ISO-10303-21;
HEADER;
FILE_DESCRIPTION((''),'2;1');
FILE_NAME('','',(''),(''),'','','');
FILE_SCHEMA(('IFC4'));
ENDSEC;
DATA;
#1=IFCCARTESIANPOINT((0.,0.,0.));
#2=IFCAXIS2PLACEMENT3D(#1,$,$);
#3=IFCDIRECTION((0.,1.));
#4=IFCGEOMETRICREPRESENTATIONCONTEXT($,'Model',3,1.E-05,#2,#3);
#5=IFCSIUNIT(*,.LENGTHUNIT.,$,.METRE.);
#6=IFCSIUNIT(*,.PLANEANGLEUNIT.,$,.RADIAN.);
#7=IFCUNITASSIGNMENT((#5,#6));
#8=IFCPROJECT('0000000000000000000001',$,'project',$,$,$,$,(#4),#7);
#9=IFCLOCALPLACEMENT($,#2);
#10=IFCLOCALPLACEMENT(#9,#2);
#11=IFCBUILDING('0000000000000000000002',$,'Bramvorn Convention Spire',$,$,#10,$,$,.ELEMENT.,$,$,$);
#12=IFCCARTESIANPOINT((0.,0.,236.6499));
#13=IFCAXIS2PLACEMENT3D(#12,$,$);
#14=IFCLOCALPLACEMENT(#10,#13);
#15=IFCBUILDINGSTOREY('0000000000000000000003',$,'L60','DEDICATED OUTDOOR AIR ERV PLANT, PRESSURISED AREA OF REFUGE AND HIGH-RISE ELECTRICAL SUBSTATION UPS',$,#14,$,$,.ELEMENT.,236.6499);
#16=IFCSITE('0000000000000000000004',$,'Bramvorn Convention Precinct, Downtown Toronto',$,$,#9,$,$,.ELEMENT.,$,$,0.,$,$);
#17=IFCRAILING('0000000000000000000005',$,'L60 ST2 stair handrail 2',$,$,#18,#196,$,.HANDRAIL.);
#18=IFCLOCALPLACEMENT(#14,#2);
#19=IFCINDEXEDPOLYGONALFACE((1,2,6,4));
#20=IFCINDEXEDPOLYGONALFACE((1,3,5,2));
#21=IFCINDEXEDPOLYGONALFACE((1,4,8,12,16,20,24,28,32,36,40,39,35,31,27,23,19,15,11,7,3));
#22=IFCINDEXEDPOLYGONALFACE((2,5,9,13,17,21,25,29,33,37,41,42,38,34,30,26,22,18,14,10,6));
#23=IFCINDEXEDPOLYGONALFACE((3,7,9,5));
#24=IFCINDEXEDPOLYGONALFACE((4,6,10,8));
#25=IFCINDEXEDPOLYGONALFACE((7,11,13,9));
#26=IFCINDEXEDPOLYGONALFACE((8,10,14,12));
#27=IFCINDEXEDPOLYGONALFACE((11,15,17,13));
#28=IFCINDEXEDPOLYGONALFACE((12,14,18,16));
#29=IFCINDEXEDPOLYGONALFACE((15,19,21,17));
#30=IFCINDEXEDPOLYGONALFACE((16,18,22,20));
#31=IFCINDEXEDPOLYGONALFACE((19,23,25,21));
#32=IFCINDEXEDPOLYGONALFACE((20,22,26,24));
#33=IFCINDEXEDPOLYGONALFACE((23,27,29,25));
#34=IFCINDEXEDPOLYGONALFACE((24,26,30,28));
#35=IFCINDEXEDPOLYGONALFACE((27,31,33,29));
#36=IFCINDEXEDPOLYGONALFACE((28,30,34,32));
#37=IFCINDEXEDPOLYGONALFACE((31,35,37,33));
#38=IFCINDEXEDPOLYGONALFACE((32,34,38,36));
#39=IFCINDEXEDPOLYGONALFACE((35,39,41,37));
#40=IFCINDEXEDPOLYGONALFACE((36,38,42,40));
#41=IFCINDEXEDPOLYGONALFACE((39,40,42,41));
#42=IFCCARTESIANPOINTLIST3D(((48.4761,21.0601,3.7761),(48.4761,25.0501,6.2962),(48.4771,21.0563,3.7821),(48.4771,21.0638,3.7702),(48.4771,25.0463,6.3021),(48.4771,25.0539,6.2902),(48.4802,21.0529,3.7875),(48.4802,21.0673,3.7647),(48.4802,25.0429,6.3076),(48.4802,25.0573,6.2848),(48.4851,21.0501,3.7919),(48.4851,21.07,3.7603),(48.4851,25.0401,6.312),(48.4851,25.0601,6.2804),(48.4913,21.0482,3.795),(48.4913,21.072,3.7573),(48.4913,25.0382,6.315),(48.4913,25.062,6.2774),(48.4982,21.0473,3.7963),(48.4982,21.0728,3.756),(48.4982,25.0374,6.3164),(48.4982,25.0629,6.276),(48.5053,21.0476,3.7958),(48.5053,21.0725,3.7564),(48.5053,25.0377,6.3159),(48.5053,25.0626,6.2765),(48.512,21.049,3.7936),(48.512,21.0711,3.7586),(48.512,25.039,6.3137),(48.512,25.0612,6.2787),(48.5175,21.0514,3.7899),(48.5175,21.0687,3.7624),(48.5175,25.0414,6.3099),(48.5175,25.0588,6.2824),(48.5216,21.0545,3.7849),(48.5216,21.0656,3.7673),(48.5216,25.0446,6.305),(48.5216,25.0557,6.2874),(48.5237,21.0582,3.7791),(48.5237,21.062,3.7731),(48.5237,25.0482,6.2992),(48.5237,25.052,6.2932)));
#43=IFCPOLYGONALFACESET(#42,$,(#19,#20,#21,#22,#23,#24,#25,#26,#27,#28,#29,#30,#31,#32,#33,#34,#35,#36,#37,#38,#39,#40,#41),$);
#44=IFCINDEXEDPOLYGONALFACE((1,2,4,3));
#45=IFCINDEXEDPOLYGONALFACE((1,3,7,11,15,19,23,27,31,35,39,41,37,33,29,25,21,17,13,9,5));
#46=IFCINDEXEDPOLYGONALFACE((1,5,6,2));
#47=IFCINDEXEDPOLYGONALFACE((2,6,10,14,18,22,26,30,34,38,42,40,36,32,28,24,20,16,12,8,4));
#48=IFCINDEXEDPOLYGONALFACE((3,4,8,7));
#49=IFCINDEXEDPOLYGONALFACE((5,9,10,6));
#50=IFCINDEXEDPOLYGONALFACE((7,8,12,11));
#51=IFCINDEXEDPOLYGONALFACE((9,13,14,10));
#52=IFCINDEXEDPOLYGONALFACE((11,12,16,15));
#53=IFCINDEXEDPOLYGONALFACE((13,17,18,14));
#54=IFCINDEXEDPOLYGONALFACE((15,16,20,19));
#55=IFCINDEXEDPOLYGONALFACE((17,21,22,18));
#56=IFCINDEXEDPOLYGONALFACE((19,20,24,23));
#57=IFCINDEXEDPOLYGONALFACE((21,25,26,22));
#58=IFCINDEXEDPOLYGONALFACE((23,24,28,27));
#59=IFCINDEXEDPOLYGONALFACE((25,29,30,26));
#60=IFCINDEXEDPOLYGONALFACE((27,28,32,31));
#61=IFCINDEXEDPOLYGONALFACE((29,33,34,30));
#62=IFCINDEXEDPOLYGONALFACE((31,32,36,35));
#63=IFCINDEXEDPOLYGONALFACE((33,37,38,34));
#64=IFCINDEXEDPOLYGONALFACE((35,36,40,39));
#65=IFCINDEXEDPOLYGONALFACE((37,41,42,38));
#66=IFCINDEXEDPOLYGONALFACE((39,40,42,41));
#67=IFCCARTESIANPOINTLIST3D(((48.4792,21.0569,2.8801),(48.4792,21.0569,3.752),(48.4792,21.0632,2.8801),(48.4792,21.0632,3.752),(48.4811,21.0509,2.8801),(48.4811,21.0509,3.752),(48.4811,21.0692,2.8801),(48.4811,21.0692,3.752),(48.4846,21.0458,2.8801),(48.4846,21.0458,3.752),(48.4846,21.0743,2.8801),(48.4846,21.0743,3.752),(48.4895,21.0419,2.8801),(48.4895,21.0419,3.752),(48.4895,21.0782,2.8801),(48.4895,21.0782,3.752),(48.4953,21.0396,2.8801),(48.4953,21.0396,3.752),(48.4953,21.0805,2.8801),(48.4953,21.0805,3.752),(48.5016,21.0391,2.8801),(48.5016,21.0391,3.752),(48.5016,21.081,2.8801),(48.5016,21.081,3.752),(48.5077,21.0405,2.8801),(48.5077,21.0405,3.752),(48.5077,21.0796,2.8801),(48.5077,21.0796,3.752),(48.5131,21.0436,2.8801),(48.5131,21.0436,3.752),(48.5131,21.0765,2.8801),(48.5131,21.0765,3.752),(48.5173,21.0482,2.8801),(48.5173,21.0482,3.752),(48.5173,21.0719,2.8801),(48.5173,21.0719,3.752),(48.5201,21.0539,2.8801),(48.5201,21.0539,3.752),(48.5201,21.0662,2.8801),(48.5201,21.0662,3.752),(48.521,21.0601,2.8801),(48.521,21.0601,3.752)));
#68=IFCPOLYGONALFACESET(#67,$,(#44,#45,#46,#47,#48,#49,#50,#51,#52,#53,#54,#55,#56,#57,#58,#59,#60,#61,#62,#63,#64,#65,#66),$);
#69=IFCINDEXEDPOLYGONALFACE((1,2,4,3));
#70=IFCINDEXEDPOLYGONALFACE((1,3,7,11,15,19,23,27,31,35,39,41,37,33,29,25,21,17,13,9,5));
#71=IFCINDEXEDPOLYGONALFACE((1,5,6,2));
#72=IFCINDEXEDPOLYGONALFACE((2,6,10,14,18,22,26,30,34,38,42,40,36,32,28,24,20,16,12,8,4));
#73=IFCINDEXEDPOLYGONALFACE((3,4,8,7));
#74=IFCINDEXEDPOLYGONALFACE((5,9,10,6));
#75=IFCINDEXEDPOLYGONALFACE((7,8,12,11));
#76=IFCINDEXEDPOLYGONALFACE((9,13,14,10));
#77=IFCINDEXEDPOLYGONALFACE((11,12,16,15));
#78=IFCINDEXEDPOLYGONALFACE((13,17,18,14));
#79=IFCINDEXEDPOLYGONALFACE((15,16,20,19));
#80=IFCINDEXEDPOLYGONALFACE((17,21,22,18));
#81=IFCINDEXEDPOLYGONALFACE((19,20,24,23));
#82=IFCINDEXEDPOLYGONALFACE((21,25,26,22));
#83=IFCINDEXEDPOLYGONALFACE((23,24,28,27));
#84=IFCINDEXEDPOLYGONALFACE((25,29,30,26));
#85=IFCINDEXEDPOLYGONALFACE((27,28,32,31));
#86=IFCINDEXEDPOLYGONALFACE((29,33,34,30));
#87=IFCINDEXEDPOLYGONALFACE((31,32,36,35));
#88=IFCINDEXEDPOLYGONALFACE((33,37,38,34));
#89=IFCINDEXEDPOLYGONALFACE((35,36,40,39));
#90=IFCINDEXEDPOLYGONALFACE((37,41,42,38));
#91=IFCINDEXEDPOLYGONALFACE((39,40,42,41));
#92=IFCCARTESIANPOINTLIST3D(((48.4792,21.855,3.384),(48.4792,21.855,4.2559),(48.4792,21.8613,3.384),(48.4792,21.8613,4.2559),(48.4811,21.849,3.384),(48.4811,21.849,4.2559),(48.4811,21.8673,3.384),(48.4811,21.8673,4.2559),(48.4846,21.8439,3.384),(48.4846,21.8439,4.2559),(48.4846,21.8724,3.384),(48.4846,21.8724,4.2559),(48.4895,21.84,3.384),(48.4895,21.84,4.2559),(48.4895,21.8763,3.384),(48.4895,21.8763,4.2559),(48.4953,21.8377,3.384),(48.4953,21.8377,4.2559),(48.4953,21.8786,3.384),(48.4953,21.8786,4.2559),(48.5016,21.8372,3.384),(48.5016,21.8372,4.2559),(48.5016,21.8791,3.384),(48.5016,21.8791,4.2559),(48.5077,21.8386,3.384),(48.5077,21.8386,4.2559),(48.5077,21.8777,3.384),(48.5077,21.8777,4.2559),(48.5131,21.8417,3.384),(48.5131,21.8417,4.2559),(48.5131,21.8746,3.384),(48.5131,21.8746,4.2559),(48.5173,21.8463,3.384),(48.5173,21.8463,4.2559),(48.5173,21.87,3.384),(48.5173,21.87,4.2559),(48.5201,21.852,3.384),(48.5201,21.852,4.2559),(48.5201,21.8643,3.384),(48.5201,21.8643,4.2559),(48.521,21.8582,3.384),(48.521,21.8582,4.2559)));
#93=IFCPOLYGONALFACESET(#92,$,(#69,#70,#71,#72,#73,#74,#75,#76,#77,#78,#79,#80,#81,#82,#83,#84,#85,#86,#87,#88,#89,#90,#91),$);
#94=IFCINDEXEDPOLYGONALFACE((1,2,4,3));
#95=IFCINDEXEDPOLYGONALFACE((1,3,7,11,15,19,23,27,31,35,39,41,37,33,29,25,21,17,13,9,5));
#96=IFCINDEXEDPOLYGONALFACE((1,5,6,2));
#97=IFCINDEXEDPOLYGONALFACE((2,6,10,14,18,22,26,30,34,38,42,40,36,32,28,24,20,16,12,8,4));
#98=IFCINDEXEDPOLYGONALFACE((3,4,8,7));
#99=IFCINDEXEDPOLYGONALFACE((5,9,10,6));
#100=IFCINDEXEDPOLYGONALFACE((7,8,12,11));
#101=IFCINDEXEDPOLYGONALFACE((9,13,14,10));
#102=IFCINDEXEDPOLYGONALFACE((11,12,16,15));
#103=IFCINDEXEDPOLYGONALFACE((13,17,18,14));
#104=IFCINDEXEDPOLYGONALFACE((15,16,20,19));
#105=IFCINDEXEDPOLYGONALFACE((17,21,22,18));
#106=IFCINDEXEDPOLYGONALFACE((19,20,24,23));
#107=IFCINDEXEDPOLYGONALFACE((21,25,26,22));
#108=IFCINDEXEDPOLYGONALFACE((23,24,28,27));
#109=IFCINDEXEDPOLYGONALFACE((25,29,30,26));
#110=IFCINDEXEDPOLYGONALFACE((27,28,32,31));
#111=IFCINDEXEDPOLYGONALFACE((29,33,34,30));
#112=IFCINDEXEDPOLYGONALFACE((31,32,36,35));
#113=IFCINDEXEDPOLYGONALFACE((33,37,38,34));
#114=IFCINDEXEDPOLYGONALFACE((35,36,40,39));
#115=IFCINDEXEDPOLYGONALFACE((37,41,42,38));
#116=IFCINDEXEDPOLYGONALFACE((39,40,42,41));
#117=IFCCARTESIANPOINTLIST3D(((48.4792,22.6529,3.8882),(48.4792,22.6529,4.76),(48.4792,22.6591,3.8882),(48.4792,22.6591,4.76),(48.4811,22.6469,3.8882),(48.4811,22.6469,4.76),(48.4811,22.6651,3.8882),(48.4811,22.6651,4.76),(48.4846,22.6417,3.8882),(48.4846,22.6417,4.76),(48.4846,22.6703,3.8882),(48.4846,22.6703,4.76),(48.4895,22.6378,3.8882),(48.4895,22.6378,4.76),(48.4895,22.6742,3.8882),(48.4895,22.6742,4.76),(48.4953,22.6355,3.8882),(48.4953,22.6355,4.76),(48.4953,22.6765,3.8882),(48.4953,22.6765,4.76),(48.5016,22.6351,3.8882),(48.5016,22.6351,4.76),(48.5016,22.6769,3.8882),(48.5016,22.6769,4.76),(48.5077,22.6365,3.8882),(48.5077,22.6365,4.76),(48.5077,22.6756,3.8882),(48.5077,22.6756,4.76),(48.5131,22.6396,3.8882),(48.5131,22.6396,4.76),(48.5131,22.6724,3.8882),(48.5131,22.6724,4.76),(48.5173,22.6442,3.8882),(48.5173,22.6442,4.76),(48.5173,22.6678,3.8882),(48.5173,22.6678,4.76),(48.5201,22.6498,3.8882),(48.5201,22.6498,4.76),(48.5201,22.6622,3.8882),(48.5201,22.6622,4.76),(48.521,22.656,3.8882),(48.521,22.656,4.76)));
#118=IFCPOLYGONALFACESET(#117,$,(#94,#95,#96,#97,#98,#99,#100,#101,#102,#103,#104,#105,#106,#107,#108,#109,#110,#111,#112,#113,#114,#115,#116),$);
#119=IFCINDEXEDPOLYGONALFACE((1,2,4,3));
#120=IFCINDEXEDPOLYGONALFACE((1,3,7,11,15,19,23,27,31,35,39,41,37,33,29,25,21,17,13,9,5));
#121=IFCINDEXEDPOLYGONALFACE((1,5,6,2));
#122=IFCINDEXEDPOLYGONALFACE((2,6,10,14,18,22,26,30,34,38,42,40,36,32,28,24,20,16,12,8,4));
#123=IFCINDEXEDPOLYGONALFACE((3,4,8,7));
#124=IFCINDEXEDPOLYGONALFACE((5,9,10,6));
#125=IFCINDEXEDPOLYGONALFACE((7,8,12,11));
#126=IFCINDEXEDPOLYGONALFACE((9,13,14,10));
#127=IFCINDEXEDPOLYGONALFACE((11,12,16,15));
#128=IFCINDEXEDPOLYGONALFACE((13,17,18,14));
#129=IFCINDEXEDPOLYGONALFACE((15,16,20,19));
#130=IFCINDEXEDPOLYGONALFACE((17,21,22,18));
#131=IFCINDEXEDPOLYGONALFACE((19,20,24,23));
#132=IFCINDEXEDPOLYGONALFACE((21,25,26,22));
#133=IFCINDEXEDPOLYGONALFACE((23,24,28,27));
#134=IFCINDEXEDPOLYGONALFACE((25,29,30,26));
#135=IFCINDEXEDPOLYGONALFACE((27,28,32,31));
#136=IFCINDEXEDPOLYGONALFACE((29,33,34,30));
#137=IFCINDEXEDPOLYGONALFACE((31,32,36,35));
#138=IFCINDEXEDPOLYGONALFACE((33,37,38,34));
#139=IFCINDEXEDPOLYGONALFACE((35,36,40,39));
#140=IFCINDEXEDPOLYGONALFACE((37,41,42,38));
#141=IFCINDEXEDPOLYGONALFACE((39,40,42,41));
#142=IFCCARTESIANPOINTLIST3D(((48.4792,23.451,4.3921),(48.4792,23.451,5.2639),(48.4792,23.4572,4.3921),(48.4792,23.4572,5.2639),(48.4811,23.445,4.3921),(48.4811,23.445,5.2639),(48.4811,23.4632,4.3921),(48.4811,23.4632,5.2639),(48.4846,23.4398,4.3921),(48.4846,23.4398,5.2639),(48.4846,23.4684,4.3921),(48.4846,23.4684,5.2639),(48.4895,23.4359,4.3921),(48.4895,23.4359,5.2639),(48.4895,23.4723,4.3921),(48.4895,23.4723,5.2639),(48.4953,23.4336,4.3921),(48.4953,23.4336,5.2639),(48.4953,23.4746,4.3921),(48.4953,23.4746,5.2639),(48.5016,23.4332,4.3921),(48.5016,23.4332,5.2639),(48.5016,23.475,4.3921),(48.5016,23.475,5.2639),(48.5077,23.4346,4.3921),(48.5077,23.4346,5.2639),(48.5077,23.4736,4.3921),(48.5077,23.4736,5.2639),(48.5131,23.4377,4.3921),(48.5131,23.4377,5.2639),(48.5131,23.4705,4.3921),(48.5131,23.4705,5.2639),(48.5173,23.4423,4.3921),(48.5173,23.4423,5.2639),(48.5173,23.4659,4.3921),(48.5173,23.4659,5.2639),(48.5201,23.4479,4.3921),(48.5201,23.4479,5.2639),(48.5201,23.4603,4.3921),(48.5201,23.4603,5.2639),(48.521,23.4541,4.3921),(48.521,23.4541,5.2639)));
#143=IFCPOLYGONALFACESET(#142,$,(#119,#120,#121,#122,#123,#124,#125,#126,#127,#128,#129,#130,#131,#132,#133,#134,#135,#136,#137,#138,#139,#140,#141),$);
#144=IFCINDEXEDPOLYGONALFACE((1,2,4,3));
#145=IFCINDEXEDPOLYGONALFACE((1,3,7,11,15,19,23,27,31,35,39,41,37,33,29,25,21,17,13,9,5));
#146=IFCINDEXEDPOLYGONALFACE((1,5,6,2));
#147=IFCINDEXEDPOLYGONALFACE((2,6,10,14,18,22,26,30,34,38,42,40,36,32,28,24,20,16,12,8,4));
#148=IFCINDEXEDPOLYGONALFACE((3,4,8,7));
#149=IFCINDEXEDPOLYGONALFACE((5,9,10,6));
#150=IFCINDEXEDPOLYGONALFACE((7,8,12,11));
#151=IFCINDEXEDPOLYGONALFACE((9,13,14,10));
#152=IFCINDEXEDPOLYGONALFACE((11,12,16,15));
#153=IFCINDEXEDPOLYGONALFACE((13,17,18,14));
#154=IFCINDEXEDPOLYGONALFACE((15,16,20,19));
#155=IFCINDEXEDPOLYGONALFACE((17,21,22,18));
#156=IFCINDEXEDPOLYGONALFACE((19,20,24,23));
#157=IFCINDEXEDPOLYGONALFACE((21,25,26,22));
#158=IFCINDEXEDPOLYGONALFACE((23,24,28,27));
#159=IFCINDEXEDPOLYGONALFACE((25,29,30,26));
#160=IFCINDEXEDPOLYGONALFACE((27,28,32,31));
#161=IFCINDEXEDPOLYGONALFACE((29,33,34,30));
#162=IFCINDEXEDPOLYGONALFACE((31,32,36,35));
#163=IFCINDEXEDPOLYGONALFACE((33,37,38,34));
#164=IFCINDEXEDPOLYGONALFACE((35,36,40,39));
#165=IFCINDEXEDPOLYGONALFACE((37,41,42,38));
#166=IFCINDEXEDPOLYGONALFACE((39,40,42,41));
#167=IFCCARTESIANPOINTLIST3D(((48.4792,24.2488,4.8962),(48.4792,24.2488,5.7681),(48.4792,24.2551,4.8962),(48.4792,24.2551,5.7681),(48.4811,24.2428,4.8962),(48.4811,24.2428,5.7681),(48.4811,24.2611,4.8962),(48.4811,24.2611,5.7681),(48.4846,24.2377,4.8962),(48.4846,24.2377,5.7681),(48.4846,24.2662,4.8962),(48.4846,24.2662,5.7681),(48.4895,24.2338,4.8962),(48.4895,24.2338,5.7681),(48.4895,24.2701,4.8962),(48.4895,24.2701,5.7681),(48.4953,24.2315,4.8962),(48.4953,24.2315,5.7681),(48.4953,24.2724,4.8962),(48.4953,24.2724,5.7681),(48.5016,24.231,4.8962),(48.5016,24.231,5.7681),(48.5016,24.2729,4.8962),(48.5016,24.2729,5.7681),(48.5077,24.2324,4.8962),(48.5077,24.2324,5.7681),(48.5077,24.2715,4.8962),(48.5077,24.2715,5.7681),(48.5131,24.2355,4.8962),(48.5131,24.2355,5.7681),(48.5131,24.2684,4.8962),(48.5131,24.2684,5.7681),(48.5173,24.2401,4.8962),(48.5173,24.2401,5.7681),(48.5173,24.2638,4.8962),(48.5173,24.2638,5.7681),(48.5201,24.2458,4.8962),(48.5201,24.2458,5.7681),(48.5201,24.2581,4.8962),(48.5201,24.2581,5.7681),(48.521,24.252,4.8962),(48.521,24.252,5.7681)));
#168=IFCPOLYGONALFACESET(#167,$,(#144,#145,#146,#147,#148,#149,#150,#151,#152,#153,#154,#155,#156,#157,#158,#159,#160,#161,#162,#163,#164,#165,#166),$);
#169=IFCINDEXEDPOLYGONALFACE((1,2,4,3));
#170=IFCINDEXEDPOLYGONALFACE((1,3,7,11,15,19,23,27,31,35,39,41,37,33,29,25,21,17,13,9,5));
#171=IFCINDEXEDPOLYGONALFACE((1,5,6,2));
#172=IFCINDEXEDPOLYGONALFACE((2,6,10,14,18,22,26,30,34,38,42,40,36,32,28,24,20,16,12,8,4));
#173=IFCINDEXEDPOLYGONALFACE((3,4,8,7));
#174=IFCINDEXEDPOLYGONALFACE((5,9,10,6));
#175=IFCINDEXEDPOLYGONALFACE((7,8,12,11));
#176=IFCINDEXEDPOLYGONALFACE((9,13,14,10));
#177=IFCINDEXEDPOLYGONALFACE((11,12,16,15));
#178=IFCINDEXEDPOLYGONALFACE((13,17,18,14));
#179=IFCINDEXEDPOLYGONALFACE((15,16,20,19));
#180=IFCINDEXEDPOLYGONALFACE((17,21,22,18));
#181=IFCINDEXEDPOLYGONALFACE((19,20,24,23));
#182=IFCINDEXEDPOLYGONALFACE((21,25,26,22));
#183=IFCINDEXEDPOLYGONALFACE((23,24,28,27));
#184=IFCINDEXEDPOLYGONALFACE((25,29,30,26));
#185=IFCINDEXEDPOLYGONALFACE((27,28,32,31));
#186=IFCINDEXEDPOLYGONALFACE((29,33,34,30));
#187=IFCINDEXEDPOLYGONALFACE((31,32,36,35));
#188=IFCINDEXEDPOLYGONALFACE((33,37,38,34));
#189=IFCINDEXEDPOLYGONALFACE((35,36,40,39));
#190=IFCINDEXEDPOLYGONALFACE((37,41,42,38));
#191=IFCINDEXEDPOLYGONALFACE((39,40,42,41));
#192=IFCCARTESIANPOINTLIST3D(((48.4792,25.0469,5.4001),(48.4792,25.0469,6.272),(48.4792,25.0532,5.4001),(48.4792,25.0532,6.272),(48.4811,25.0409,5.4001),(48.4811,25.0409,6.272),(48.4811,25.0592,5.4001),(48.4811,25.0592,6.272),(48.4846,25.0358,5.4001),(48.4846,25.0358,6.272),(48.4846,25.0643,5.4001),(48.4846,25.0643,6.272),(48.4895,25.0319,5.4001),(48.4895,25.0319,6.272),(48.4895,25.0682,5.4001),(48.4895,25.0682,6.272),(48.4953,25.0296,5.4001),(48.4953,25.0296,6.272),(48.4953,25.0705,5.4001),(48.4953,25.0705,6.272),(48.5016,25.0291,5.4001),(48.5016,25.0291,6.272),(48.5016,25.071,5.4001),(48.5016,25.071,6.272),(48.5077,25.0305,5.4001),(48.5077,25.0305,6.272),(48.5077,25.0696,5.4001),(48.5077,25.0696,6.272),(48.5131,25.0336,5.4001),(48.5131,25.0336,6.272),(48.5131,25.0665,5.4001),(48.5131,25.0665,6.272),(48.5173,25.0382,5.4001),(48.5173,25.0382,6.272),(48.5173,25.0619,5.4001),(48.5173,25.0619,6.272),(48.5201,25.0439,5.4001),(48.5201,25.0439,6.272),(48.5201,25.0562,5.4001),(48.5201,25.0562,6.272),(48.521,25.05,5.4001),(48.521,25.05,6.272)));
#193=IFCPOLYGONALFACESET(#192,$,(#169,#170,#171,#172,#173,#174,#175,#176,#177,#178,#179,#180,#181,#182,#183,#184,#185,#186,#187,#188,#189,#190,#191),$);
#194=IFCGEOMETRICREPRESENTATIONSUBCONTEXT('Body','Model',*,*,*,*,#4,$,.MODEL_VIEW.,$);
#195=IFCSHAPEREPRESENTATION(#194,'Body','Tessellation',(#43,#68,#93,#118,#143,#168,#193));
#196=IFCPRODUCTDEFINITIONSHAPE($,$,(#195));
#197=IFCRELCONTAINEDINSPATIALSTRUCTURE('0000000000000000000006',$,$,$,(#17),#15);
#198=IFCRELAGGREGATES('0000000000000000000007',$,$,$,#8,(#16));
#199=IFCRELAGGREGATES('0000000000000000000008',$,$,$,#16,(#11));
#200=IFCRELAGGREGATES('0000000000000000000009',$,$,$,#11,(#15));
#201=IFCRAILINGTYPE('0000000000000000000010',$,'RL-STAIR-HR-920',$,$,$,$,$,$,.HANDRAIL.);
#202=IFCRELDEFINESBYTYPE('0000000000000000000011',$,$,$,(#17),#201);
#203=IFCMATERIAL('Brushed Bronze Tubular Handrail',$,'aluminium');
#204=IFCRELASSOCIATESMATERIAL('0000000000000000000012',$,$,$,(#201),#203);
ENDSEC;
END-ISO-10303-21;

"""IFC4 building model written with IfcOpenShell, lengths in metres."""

from ifc_helpers import new_model, si_unit, direction, frame, origin, origin_2d, place, context, subcontext, project, spatial, circle, extrude, material, type_object, element, save


model = new_model("IFC4")

# Units and contexts
model_context = context("Model", 3, precision=1e-05, world=origin(), true_north=direction((0.0, 1.0)))
body_context = subcontext(model_context, "Body", "Model", "MODEL_VIEW")
ifc_project = project(units=[si_unit("LENGTHUNIT", "METRE"), si_unit("PLANEANGLEUNIT", "RADIAN")], contexts=[model_context])

# Site, building, storey
site_placement = place(None, origin())
site = spatial("IfcSite", under=ifc_project, at=site_placement, Name="Bramvorn Convention Precinct, Downtown Toronto", CompositionType="ELEMENT", RefElevation=0.0)
building_placement = place(site_placement, origin())
building = spatial("IfcBuilding", under=site, at=building_placement, Name="Bramvorn Convention Spire", CompositionType="ELEMENT")
storey_placement = place(building_placement, frame((0.0, 0.0, 236.6499)))
storey = spatial("IfcBuildingStorey", under=building, at=storey_placement, Name="L60", Description="DEDICATED OUTDOOR AIR ERV PLANT, PRESSURISED AREA OF REFUGE AND HIGH-RISE ELECTRICAL SUBSTATION UPS", CompositionType="ELEMENT", Elevation=236.6499)

# Railing
ifc_material_1 = material(Name="Brushed Bronze Tubular Handrail", Category="aluminium")
railing_type_1 = type_object("IfcRailingType", Name="RL-STAIR-HR-920", PredefinedType="HANDRAIL", material=ifc_material_1)
for number, where, name in (
    (1, (48.5, 21.0601, 2.8801), "L60 ST2 stair handrail 2"),
):
    element("IfcRailing", number, at=place(storey_placement, frame(where)), inside=storey, type_object=railing_type_1, Name=name, PredefinedType="HANDRAIL", context=body_context, shape_type="SweptSolid", body=[
        extrude(circle(Radius=0.0239, at=origin_2d()), frame((0.0, 0.0, 0.896), z_axis=(0.0, 0.845486, 0.533997), x_axis=(-1.0, 0.0, 0.0)), (0.0, 0.0, 1.0), 4.7192),
        extrude(circle(Radius=0.021, at=origin_2d()), origin(), (0.0, 0.0, 1.0), 0.8718),
        extrude(circle(Radius=0.021, at=origin_2d()), frame((0.0, 0.7981, 0.5039)), (0.0, 0.0, 1.0), 0.8718),
        extrude(circle(Radius=0.021, at=origin_2d()), frame((0.0, 1.5959, 1.0081)), (0.0, 0.0, 1.0), 0.8718),
        extrude(circle(Radius=0.021, at=origin_2d()), frame((0.0, 2.394, 1.512)), (0.0, 0.0, 1.0), 0.8718),
        extrude(circle(Radius=0.021, at=origin_2d()), frame((0.0, 3.1919, 2.0161)), (0.0, 0.0, 1.0), 0.8718),
        extrude(circle(Radius=0.021, at=origin_2d()), frame((0.0, 3.99, 2.52)), (0.0, 0.0, 1.0), 0.8718),
    ])

save(model, "model.ifc")
